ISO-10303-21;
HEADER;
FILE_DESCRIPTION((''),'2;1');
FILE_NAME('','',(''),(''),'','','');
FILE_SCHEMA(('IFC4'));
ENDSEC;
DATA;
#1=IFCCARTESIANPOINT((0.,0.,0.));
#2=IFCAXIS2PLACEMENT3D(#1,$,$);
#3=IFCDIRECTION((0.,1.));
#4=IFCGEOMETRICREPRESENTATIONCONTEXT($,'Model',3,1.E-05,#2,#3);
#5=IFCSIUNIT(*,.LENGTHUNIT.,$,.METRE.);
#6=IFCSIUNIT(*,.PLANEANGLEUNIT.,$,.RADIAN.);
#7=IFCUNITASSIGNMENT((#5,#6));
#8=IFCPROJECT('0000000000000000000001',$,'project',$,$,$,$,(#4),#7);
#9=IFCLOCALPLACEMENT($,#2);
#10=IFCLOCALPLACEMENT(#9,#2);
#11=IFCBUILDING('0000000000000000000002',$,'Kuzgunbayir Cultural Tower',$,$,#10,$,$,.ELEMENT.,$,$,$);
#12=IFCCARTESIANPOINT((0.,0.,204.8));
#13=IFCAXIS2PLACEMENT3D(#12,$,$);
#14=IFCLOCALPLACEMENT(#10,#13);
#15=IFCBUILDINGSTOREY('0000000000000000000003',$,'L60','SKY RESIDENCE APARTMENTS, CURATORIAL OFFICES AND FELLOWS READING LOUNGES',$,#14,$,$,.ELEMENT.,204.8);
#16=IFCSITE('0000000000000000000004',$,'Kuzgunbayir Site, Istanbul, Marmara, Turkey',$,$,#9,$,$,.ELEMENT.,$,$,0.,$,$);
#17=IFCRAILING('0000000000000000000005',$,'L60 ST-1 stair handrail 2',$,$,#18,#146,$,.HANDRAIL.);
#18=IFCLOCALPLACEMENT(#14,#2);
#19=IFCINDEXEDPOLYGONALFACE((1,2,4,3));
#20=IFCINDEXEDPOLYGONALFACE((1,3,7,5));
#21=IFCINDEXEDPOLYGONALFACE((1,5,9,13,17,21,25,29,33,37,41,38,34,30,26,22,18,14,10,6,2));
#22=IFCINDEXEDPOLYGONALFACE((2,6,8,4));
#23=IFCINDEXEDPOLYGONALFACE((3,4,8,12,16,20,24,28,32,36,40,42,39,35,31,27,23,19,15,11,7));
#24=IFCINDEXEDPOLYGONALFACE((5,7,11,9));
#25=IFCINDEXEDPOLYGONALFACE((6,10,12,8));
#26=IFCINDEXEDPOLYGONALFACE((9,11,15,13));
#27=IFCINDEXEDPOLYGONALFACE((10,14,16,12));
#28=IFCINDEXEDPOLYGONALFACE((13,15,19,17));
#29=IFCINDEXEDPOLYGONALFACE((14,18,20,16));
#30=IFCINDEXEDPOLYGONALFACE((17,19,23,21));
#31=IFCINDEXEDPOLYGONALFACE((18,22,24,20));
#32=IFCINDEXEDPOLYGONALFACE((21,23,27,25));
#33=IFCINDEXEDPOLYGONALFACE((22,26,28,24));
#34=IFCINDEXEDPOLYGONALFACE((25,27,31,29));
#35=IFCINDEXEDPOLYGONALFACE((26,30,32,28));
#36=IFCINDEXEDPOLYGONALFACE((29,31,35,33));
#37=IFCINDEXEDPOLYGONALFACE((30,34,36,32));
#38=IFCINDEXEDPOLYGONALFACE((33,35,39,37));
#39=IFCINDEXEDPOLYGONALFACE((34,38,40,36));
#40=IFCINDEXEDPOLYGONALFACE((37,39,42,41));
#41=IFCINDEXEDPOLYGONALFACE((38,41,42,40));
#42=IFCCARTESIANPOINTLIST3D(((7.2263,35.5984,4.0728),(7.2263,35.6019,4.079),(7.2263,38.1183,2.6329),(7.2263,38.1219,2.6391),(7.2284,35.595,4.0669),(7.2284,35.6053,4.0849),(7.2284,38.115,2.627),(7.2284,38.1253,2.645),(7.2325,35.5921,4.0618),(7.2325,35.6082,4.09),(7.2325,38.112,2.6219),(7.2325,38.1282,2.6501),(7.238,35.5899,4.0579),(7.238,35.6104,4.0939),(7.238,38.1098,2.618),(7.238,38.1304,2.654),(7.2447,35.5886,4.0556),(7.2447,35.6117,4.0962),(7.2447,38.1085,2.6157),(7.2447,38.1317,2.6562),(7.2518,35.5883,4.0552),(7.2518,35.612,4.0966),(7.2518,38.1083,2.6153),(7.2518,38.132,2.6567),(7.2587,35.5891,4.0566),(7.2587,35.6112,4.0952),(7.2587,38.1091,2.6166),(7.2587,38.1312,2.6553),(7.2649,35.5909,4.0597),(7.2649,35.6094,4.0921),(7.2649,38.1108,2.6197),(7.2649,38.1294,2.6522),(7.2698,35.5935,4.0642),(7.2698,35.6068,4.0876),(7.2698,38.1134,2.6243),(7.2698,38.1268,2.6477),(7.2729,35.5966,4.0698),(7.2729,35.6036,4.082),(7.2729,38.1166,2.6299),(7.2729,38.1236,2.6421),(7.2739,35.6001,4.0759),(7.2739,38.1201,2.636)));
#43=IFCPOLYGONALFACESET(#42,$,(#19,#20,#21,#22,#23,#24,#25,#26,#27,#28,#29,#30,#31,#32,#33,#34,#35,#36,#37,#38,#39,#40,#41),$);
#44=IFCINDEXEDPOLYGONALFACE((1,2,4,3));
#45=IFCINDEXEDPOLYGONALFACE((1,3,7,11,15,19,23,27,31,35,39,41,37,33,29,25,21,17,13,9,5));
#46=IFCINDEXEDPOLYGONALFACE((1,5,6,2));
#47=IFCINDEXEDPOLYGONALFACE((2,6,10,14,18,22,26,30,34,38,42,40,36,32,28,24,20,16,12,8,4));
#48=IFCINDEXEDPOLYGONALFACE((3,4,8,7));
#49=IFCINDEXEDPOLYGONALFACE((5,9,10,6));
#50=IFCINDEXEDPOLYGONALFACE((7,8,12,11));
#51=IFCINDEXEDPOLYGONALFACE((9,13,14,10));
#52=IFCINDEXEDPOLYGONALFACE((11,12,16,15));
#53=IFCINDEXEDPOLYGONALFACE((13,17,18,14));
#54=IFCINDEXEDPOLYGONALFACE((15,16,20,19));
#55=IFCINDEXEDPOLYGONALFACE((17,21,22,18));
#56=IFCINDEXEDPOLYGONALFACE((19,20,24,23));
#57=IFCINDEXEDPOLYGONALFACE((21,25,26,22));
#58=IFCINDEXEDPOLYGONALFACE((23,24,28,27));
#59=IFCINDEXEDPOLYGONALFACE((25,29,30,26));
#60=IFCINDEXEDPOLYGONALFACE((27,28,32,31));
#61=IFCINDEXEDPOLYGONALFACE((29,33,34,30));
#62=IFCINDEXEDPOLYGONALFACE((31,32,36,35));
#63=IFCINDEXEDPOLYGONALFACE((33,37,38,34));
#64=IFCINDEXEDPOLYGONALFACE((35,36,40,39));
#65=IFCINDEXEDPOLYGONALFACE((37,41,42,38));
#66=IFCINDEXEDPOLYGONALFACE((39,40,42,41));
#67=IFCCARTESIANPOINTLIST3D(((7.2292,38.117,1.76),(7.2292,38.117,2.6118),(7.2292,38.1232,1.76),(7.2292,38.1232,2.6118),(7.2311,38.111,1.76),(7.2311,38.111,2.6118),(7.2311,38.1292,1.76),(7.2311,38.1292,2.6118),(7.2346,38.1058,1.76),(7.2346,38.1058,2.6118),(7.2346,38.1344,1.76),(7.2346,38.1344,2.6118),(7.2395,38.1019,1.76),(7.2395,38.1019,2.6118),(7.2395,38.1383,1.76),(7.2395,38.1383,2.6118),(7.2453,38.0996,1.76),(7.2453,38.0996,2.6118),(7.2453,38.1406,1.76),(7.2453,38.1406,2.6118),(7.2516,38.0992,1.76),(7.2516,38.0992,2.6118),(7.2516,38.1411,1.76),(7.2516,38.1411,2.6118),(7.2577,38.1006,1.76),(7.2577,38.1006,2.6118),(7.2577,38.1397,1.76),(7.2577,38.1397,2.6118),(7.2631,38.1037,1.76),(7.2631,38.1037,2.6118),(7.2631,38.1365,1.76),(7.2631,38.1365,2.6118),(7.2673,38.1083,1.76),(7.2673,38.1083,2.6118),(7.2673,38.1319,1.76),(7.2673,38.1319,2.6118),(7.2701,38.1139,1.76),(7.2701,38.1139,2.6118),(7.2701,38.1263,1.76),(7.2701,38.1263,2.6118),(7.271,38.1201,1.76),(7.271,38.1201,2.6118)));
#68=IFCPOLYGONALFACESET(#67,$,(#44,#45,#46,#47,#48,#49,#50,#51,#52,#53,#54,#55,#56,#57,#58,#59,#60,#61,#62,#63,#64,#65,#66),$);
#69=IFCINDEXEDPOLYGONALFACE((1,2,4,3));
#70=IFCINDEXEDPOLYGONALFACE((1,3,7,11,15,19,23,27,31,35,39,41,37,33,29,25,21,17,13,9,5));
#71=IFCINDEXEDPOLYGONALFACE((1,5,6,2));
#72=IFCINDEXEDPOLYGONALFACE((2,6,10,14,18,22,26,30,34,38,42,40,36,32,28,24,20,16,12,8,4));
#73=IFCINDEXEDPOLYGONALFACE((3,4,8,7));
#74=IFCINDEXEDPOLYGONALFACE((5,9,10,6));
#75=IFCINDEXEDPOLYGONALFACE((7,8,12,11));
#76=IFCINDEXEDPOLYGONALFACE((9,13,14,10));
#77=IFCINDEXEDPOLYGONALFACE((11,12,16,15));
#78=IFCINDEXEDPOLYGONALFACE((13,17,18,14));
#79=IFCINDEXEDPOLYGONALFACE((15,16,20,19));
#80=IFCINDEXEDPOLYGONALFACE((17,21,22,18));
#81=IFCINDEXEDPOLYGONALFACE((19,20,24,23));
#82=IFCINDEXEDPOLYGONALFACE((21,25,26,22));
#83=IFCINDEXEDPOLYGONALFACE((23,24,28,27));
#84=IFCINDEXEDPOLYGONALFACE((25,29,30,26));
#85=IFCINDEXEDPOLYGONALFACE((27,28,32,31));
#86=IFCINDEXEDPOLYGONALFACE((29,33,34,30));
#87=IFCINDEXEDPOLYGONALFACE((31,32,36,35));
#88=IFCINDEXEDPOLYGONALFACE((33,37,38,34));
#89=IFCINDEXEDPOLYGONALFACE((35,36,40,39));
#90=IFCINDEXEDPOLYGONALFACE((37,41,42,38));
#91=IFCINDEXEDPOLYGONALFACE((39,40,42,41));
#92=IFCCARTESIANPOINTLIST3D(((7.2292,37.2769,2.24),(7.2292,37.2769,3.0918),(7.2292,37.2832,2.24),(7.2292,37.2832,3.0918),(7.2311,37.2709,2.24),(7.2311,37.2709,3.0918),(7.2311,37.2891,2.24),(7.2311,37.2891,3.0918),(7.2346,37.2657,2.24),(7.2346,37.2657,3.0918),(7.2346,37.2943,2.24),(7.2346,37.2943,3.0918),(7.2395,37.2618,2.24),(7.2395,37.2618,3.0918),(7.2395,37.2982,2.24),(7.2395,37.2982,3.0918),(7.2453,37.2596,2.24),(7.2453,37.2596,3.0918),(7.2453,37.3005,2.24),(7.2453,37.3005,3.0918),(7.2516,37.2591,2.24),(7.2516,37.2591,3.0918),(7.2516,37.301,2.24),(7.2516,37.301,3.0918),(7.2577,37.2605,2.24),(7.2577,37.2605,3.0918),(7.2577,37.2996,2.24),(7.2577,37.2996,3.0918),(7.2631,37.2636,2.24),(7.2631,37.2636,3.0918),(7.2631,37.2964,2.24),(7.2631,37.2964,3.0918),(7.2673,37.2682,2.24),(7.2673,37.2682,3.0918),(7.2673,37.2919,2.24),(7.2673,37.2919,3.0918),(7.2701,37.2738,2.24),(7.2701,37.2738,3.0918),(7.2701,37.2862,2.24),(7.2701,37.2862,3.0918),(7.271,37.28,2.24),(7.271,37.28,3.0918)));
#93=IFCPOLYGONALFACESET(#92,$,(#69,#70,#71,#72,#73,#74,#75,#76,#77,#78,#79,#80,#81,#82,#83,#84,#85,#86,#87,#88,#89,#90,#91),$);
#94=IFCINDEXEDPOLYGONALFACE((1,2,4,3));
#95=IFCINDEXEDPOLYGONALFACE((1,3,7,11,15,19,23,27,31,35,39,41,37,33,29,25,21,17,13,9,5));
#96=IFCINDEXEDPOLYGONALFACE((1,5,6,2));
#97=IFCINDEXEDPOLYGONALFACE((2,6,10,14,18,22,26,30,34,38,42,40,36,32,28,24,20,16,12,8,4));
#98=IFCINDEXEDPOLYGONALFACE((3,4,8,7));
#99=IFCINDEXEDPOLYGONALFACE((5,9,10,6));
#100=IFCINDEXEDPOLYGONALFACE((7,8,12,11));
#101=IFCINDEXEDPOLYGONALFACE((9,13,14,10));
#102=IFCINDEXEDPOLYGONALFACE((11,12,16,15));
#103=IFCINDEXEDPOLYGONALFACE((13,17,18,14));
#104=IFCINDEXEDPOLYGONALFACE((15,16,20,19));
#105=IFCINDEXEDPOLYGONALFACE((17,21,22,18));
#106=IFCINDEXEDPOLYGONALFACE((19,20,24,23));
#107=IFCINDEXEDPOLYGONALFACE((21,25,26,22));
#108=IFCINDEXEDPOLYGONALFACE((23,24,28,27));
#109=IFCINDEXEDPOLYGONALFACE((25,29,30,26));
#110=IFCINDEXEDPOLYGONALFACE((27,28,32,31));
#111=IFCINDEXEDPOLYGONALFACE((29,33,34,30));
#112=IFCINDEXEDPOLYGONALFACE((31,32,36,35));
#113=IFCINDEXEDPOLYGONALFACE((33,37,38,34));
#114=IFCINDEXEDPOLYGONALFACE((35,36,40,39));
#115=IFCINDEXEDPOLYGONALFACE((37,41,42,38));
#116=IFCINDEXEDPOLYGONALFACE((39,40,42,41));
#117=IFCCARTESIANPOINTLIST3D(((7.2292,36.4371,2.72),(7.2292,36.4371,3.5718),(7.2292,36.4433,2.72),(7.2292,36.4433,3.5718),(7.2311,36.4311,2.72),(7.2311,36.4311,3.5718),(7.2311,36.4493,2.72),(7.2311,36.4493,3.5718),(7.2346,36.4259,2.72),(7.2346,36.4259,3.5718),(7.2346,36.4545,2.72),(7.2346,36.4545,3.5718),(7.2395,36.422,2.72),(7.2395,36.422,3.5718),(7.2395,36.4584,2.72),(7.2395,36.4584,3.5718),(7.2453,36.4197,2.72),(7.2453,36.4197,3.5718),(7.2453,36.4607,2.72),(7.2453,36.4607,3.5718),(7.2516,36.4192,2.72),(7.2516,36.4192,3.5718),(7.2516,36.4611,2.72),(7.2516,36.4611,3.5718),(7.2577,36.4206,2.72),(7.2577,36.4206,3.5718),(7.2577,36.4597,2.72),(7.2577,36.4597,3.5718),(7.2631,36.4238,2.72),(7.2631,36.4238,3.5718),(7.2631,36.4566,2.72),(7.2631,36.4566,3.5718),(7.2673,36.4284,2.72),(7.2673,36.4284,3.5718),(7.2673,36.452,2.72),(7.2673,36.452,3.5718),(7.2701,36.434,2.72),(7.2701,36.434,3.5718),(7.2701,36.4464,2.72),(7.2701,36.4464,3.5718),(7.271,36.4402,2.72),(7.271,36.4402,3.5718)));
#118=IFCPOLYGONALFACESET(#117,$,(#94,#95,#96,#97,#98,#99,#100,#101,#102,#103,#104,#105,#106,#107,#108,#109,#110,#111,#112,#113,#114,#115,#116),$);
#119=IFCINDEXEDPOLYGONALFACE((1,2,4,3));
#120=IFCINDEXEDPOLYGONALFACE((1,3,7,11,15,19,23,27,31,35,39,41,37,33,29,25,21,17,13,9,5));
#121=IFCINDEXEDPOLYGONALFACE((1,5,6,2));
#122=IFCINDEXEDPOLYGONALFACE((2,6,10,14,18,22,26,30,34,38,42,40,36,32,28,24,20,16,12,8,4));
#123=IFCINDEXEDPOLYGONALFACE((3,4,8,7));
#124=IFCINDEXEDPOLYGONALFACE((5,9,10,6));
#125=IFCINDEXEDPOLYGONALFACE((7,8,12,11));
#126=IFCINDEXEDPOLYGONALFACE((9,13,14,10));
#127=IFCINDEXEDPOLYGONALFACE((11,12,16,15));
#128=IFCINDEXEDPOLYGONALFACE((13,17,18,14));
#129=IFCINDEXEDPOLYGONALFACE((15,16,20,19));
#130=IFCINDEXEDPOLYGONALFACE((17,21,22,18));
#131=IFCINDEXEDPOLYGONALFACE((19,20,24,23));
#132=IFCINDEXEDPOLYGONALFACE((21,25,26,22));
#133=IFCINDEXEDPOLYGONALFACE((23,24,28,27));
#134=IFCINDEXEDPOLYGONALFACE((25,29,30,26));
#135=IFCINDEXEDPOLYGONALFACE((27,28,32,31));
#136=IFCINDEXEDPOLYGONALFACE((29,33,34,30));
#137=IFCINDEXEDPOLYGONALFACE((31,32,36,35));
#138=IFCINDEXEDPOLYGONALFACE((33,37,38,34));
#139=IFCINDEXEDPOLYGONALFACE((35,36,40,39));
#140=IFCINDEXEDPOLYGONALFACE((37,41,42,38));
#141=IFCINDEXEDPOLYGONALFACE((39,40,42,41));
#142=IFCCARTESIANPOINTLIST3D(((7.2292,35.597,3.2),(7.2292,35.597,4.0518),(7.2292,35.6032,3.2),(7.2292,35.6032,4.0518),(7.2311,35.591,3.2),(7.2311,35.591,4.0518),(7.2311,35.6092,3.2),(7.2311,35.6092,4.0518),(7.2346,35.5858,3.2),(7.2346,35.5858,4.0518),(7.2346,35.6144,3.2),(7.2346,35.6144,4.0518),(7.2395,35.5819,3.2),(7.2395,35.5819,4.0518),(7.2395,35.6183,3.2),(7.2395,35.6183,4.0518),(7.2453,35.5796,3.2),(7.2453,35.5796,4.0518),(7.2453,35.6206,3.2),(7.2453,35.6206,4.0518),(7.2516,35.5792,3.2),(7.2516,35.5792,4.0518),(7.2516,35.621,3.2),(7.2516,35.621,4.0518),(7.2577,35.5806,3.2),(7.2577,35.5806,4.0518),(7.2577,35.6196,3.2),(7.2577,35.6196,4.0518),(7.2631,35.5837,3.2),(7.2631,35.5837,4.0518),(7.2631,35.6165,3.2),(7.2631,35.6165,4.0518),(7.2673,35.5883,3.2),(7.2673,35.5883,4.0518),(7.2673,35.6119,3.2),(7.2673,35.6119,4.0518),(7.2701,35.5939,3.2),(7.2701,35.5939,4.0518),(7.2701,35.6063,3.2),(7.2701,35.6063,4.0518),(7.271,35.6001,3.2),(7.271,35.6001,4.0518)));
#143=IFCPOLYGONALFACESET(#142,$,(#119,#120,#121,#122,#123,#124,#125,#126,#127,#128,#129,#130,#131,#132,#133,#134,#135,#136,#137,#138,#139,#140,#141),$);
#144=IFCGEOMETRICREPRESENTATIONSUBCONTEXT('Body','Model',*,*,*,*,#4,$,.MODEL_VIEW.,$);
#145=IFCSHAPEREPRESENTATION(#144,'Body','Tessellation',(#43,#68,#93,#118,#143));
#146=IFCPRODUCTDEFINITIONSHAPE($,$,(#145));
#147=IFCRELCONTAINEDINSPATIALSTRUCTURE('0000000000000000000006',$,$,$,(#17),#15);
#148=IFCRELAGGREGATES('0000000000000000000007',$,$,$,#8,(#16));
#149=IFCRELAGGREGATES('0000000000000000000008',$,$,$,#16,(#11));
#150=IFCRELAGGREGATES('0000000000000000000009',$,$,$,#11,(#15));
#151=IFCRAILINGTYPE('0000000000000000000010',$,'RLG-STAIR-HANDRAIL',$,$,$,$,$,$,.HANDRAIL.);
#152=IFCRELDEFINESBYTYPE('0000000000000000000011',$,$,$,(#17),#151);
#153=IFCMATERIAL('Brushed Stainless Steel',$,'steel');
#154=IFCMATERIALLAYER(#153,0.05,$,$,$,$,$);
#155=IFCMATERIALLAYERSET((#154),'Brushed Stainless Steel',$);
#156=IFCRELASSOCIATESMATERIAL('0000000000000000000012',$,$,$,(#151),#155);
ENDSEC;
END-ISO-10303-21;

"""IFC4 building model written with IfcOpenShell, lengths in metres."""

from ifc_helpers import new_model, si_unit, direction, frame, origin, origin_2d, place, context, subcontext, project, spatial, circle, extrude, material, layer, layer_set, type_object, element, save


model = new_model("IFC4")

# Units and contexts
model_context = context("Model", 3, precision=1e-05, world=origin(), true_north=direction((0.0, 1.0)))
body_context = subcontext(model_context, "Body", "Model", "MODEL_VIEW")
ifc_project = project(units=[si_unit("LENGTHUNIT", "METRE"), si_unit("PLANEANGLEUNIT", "RADIAN")], contexts=[model_context])

# Site, building, storey
site_placement = place(None, origin())
site = spatial("IfcSite", under=ifc_project, at=site_placement, Name="Kuzgunbayir Site, Istanbul, Marmara, Turkey", CompositionType="ELEMENT", RefElevation=0.0)
building_placement = place(site_placement, origin())
building = spatial("IfcBuilding", under=site, at=building_placement, Name="Kuzgunbayir Cultural Tower", CompositionType="ELEMENT")
storey_placement = place(building_placement, frame((0.0, 0.0, 204.8)))
storey = spatial("IfcBuildingStorey", under=building, at=storey_placement, Name="L60", Description="SKY RESIDENCE APARTMENTS, CURATORIAL OFFICES AND FELLOWS READING LOUNGES", CompositionType="ELEMENT", Elevation=204.8)

# Shared definitions
ifc_material_1 = material(Name="Brushed Stainless Steel", Category="steel")

# Railing
ifc_layer_1 = layer(ifc_material_1, 0.05)
ifc_layer_set_1 = layer_set([ifc_layer_1], Name="Brushed Stainless Steel")
railing_type_1 = type_object("IfcRailingType", Name="RLG-STAIR-HANDRAIL", PredefinedType="HANDRAIL", material=ifc_layer_set_1)
railing_1_placement = place(storey_placement, frame((7.25, 38.1201, 1.76)))
element("IfcRailing", 1, at=railing_1_placement, inside=storey, type_object=railing_type_1, Name="L60 ST-1 stair handrail 2", PredefinedType="HANDRAIL", context=body_context, shape_type="SweptSolid", body=[
    extrude(circle(Radius=0.0239, at=origin_2d()), frame((0.0, 0.0, 0.876), z_axis=(0.0, -0.868253, 0.496121), x_axis=(1.0, 0.0, 0.0)), (0.0, 0.0, 1.0), 2.9023),
    extrude(circle(Radius=0.021, at=origin_2d()), origin(), (0.0, 0.0, 1.0), 0.8518),
    extrude(circle(Radius=0.021, at=origin_2d()), frame((0.0, -0.8401, 0.48)), (0.0, 0.0, 1.0), 0.8518),
    extrude(circle(Radius=0.021, at=origin_2d()), frame((0.0, -1.6799, 0.96)), (0.0, 0.0, 1.0), 0.8518),
    extrude(circle(Radius=0.021, at=origin_2d()), frame((0.0, -2.52, 1.4399)), (0.0, 0.0, 1.0), 0.8518),
])

save(model, "model.ifc")
